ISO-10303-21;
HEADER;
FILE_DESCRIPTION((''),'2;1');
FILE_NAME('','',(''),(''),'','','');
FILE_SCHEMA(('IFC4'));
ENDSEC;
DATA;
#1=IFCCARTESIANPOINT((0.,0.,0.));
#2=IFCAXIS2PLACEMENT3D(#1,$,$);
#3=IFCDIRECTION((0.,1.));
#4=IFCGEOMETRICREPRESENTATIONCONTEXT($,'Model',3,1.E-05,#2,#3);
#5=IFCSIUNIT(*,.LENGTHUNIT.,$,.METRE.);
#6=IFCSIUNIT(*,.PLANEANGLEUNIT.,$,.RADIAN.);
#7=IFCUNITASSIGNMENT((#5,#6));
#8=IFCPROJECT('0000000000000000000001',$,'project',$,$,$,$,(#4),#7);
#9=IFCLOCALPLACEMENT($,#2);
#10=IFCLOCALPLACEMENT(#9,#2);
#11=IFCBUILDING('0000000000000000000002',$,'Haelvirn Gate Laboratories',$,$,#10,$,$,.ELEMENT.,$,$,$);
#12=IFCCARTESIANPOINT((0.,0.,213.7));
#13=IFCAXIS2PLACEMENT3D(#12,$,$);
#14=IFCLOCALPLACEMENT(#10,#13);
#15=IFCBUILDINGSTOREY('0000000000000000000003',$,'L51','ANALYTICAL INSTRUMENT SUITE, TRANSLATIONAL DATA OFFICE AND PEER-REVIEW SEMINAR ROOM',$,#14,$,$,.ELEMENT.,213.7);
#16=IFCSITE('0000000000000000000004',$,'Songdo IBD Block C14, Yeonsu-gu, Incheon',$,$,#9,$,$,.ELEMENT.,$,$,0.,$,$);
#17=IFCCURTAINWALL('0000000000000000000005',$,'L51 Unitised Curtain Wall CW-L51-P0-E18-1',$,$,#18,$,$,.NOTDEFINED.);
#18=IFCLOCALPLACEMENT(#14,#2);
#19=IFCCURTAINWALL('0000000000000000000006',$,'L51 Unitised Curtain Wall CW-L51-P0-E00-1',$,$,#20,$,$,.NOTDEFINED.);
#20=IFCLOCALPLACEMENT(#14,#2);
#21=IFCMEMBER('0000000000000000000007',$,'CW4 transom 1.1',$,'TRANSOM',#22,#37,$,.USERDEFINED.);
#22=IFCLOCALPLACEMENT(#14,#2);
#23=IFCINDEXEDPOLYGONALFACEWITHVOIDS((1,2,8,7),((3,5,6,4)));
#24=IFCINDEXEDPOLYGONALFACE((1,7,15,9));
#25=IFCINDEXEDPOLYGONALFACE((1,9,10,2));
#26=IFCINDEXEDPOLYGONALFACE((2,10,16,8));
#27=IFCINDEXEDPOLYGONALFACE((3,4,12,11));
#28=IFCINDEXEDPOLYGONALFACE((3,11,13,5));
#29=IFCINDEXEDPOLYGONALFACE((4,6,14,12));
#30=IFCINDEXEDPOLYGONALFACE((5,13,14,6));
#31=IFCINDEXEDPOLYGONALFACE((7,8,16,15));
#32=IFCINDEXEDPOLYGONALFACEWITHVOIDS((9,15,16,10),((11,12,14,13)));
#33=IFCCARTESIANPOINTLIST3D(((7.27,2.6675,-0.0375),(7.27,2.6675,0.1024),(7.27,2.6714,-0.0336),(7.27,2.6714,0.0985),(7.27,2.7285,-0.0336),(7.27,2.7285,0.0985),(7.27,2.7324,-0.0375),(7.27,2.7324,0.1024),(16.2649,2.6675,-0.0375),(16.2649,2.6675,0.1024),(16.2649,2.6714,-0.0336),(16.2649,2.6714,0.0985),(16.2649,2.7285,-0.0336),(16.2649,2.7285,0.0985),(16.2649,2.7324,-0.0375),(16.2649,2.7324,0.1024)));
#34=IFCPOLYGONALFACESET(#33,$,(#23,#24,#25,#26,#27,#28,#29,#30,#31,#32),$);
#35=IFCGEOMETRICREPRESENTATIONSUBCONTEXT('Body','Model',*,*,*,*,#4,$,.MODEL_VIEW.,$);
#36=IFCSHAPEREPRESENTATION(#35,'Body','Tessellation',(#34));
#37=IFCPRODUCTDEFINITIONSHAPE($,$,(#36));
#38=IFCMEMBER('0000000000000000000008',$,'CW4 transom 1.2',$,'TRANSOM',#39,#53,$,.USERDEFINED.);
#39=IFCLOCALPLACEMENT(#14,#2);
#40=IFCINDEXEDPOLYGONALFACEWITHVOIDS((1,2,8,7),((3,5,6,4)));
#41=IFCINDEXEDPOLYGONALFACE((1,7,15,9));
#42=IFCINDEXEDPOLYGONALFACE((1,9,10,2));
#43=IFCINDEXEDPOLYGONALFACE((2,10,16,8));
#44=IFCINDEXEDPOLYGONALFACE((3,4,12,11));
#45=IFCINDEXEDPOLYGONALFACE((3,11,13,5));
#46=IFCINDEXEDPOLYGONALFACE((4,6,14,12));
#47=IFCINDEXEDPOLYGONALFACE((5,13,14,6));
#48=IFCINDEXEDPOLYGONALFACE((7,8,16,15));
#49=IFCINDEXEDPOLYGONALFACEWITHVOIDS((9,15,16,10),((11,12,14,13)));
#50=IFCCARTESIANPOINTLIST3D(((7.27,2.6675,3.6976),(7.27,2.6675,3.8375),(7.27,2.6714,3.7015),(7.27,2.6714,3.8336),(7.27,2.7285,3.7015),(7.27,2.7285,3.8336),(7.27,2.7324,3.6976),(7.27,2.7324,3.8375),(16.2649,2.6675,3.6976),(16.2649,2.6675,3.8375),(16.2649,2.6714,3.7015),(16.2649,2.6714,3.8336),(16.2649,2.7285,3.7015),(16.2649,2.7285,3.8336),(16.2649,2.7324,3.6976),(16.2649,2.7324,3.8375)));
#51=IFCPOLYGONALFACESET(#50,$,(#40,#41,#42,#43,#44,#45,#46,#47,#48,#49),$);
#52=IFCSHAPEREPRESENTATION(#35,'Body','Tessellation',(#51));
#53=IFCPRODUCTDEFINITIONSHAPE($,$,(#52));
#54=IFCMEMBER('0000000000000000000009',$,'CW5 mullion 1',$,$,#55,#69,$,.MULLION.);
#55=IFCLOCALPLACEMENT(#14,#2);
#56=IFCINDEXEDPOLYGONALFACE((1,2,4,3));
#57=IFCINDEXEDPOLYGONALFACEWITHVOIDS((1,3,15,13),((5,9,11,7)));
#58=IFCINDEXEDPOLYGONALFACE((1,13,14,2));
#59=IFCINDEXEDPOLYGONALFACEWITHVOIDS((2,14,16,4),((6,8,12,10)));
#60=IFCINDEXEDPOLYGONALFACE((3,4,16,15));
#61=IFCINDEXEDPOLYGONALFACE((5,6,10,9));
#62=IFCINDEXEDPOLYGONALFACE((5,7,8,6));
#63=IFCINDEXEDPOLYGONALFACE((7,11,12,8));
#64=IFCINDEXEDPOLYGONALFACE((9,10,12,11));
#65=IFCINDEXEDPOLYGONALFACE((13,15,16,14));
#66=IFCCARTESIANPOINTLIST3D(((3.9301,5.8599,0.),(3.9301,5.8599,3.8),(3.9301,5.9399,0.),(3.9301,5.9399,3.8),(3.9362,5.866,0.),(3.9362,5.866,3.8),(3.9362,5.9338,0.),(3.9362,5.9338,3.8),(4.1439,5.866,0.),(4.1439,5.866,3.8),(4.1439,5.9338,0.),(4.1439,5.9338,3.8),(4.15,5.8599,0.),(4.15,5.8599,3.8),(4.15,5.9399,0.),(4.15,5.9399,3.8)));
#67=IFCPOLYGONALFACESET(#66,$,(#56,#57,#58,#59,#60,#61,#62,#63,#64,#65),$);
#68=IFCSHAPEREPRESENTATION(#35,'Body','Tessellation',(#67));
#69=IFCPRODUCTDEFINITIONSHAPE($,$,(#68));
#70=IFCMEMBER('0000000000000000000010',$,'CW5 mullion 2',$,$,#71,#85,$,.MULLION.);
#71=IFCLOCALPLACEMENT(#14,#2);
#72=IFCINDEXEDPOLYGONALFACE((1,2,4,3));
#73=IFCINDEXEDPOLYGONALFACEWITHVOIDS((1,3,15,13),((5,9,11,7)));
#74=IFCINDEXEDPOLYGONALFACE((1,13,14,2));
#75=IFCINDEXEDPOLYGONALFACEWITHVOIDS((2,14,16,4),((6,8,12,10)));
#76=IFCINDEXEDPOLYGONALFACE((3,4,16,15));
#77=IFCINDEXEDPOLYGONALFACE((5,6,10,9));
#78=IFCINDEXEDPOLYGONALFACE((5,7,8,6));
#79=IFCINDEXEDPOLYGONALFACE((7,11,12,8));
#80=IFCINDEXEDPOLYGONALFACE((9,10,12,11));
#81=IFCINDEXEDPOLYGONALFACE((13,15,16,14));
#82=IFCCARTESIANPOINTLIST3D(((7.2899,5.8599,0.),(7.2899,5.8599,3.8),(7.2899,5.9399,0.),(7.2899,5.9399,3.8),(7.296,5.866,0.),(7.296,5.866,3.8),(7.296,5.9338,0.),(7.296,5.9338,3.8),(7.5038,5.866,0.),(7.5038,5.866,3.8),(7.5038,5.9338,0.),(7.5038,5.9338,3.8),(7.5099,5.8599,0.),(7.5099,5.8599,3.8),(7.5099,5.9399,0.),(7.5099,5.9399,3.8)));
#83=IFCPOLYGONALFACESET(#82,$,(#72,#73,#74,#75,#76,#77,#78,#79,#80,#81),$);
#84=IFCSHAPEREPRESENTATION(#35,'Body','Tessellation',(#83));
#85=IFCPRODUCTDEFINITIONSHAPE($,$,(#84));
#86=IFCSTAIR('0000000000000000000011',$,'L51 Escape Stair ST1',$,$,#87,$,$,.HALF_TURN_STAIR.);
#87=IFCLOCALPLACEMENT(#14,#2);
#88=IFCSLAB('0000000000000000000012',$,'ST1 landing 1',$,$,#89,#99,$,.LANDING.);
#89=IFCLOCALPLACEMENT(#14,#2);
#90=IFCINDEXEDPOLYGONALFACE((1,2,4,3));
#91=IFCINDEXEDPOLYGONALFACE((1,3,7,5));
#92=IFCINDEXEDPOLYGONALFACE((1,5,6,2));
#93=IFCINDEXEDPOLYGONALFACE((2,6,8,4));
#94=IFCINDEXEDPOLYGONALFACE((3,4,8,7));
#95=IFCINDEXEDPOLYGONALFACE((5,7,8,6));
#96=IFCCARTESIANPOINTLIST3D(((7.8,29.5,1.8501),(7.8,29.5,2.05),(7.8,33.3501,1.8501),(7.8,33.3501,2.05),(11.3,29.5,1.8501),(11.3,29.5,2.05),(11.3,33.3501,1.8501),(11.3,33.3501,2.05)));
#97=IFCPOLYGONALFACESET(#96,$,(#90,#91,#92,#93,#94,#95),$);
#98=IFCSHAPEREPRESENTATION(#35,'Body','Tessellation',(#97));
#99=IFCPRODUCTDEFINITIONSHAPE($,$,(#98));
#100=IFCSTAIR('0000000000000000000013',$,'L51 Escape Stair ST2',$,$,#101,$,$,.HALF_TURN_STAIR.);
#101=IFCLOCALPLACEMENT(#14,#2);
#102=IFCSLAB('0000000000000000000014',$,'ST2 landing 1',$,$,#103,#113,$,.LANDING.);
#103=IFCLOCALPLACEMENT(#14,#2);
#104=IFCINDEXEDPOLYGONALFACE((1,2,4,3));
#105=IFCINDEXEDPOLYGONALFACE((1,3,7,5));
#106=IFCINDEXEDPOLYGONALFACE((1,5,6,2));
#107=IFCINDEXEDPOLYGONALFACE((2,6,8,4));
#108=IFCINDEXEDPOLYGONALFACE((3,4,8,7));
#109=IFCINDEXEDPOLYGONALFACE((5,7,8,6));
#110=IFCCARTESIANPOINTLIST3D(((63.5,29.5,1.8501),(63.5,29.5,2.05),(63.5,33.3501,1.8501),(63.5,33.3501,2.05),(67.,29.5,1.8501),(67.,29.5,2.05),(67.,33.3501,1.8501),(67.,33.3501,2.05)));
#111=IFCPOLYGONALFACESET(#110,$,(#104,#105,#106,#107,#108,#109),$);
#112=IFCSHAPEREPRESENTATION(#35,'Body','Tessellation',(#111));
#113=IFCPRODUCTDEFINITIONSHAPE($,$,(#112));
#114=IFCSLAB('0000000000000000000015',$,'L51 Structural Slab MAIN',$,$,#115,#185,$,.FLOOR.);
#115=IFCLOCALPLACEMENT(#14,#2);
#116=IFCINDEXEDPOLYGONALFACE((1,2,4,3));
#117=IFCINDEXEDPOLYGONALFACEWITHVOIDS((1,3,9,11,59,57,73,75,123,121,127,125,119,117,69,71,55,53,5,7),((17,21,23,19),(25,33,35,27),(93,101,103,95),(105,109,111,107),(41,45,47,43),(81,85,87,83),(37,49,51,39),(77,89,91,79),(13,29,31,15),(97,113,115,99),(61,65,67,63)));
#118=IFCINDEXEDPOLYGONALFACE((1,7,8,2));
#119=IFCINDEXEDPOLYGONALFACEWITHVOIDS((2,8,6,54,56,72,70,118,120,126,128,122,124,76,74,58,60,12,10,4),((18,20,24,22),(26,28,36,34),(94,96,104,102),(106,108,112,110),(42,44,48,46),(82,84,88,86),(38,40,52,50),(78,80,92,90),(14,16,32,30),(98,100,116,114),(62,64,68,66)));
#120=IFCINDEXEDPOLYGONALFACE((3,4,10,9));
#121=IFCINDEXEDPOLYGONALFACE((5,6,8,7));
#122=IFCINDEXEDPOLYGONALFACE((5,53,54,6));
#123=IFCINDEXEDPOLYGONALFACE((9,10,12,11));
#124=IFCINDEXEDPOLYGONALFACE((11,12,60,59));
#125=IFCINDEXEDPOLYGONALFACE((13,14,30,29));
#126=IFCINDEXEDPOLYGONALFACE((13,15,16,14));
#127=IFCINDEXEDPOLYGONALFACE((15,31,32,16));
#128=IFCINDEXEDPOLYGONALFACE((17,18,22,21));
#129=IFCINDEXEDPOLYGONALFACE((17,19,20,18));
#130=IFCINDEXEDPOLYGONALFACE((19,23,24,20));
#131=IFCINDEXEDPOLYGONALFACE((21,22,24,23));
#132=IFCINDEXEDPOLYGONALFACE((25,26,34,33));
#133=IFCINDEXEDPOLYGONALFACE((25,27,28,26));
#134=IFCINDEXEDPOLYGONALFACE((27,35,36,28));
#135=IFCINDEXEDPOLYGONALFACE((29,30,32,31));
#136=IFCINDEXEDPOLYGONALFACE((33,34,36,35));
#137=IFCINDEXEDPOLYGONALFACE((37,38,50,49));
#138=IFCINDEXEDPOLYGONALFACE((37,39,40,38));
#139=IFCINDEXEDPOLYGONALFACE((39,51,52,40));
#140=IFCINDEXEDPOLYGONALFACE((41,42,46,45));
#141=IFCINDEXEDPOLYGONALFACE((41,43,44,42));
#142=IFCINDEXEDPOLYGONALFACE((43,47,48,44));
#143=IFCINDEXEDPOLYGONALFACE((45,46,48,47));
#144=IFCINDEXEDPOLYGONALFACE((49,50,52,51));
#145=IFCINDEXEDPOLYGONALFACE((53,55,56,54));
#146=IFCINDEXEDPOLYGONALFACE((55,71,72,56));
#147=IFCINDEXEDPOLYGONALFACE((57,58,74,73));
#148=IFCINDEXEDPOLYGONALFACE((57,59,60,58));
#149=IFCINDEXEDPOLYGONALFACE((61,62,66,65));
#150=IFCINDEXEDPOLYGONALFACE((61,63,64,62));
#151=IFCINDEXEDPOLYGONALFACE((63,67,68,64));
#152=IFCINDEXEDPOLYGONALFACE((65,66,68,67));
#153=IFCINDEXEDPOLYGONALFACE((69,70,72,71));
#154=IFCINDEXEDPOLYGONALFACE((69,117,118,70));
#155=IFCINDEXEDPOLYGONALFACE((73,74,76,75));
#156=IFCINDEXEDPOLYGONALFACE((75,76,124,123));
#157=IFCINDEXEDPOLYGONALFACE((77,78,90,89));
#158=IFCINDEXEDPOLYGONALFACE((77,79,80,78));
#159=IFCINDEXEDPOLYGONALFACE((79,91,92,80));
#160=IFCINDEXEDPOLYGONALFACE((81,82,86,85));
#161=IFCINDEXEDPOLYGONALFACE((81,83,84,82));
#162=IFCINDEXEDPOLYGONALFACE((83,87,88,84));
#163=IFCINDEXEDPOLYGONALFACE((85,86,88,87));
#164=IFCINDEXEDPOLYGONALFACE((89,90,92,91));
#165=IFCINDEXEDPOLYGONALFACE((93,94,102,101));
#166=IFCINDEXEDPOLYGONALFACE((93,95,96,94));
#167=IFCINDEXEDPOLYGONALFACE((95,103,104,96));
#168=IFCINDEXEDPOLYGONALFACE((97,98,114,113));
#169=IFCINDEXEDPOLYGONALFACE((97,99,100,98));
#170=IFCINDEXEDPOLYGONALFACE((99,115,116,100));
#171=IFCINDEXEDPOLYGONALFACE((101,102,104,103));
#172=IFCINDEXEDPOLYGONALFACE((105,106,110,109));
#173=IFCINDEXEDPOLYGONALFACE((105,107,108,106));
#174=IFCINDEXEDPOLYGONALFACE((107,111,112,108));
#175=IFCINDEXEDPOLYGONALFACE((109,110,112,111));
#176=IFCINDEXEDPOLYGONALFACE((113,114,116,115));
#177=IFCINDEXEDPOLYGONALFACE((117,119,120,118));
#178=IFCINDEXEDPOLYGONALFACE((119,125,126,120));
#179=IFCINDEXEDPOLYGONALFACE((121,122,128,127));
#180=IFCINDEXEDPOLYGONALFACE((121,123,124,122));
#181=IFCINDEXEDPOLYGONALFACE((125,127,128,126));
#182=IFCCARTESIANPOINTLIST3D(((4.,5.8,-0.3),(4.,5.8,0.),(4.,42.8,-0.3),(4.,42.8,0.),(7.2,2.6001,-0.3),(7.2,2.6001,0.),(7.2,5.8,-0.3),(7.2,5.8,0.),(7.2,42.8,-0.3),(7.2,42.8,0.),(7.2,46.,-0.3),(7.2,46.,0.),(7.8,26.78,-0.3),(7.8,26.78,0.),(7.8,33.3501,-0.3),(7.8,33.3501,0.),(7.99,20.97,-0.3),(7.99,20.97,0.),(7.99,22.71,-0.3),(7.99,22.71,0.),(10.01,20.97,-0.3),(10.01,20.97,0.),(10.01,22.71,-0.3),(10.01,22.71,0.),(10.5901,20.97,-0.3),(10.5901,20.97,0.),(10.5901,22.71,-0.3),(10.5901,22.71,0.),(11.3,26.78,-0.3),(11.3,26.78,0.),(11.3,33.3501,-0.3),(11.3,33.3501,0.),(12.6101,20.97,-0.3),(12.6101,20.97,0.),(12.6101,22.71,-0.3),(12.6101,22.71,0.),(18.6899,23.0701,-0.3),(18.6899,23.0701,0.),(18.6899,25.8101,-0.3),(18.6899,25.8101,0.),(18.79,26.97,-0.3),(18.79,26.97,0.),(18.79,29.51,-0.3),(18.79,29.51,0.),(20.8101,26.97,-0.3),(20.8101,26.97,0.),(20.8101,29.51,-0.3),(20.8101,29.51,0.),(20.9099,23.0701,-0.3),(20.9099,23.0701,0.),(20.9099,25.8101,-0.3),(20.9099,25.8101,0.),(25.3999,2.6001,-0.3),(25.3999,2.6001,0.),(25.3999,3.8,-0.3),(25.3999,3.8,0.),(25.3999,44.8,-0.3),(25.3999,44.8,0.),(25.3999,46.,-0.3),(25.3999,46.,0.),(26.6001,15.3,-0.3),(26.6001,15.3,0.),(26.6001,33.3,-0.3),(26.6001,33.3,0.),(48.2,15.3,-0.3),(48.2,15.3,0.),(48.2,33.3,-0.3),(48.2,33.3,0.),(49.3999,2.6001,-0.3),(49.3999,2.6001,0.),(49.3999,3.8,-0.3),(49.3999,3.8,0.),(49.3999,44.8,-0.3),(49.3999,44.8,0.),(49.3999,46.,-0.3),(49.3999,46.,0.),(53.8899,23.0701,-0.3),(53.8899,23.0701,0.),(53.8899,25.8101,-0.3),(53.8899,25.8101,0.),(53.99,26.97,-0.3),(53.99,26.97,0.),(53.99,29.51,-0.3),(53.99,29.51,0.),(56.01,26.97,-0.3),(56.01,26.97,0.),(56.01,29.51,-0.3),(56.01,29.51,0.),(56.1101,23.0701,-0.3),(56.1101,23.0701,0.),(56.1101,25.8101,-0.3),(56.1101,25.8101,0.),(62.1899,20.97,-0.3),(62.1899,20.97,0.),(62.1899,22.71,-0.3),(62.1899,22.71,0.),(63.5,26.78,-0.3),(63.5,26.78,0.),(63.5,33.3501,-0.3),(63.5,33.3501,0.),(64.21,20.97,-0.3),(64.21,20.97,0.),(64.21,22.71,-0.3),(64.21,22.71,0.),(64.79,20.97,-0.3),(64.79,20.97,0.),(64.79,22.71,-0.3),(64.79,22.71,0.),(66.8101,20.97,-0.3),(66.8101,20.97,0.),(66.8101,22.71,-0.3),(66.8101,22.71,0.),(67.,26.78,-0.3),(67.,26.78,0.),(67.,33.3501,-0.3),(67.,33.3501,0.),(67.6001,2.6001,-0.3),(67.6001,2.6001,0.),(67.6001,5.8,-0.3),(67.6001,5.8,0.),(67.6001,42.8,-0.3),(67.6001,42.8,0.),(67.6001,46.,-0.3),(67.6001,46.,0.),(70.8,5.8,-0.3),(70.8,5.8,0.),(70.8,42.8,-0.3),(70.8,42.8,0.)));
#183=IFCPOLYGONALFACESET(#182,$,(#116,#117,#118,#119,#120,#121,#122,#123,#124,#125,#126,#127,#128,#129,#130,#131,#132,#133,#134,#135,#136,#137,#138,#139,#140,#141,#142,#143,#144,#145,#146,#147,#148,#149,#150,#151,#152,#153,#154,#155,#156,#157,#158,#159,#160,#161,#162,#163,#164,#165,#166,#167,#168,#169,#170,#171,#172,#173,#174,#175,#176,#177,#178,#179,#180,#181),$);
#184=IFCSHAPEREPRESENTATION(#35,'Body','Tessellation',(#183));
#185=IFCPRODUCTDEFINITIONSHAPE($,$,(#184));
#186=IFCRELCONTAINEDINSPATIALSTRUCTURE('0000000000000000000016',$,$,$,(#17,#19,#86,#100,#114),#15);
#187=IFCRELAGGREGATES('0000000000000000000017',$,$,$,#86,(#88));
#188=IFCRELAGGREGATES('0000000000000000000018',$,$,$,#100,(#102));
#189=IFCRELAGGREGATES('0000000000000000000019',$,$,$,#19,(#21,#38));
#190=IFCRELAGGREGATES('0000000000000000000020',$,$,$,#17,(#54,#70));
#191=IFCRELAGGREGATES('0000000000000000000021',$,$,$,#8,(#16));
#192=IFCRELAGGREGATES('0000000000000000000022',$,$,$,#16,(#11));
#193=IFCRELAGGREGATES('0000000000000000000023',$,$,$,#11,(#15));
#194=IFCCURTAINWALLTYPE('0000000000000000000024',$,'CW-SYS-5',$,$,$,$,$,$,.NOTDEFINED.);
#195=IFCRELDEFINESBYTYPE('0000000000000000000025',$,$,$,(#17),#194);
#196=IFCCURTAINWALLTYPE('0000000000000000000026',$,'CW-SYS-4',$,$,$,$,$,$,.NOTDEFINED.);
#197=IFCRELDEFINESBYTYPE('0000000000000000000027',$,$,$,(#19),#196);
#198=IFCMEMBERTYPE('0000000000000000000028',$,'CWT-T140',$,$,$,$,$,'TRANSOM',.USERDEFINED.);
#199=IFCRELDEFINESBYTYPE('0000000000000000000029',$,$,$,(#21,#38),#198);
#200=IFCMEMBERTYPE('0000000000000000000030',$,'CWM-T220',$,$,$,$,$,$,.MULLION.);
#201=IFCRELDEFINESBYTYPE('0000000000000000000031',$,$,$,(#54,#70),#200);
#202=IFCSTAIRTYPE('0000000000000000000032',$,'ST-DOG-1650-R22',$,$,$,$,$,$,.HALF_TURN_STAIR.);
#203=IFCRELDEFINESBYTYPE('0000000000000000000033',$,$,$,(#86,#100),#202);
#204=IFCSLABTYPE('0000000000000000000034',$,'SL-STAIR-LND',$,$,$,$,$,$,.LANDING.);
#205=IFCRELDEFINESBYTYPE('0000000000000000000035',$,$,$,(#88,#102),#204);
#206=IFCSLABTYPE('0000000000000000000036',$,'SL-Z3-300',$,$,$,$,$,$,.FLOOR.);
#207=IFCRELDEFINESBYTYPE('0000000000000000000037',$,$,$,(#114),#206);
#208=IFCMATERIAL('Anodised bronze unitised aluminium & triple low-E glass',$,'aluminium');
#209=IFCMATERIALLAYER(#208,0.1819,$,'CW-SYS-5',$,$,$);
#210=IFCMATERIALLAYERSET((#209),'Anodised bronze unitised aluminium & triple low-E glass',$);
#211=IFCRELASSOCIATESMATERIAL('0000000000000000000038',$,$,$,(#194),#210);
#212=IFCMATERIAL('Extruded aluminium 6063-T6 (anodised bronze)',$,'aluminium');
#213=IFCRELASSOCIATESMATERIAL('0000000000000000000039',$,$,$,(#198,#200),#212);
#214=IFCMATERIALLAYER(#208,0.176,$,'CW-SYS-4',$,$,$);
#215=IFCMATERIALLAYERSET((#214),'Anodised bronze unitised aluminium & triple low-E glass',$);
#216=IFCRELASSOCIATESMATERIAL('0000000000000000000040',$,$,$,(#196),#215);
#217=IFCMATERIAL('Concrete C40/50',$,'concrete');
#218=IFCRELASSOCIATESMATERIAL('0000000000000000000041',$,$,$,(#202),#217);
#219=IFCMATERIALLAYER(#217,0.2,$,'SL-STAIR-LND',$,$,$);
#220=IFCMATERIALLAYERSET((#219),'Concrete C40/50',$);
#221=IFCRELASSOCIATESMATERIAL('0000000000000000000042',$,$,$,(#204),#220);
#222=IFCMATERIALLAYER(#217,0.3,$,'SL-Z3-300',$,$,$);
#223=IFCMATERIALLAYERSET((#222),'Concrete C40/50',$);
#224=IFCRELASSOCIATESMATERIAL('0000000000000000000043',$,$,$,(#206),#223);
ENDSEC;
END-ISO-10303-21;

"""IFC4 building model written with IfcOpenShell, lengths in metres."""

from ifc_helpers import new_model, si_unit, direction, frame, origin, origin_2d, place, context, subcontext, project, spatial, polyline, hollow_rectangle, outline, extrude, source, transform, mapped, material, layer, layer_set, material_profile, profile_set, type_object, type_shapes, element, aggregate, save


model = new_model("IFC4")

# Units and contexts
model_context = context("Model", 3, precision=1e-05, world=origin(), true_north=direction((0.0, 1.0)))
body_context = subcontext(model_context, "Body", "Model", "MODEL_VIEW")
ifc_project = project(units=[si_unit("LENGTHUNIT", "METRE"), si_unit("PLANEANGLEUNIT", "RADIAN")], contexts=[model_context])

# Site, building, storey
site_placement = place(None, origin())
site = spatial("IfcSite", under=ifc_project, at=site_placement, Name="Songdo IBD Block C14, Yeonsu-gu, Incheon", CompositionType="ELEMENT", RefElevation=0.0)
building_placement = place(site_placement, origin())
building = spatial("IfcBuilding", under=site, at=building_placement, Name="Haelvirn Gate Laboratories", CompositionType="ELEMENT")
storey_placement = place(building_placement, frame((0.0, 0.0, 213.7)))
storey = spatial("IfcBuildingStorey", under=building, at=storey_placement, Name="L51", Description="ANALYTICAL INSTRUMENT SUITE, TRANSLATIONAL DATA OFFICE AND PEER-REVIEW SEMINAR ROOM", CompositionType="ELEMENT", Elevation=213.7)

# Curtain wall
ifc_material_1 = material(Name="Anodised bronze unitised aluminium & triple low-E glass", Category="aluminium")
ifc_layer_1 = layer(ifc_material_1, 0.1819, Name="CW-SYS-5")
ifc_layer_set_1 = layer_set([ifc_layer_1], Name="Anodised bronze unitised aluminium & triple low-E glass")
curtain_wall_type_1 = type_object("IfcCurtainWallType", Name="CW-SYS-5", PredefinedType="NOTDEFINED", material=ifc_layer_set_1)
curtain_wall_1_placement = place(storey_placement, origin())
curtain_wall_1 = element("IfcCurtainWall", 1, at=curtain_wall_1_placement, inside=storey, type_object=curtain_wall_type_1, Name="L51 Unitised Curtain Wall CW-L51-P0-E18-1", PredefinedType="NOTDEFINED")
ifc_material_2 = material(Name="Extruded aluminium 6063-T6 (anodised bronze)", Category="aluminium")
ifc_material_profile_1 = material_profile(ifc_material_2, hollow_rectangle(XDim=0.0649, YDim=0.1399, WallThickness=0.0039, at=origin_2d()), Name="CWT-140x65x4")
ifc_profile_set_1 = profile_set([ifc_material_profile_1], Name="Extruded aluminium 6063-T6 (anodised bronze)")
member_type_1 = type_object("IfcMemberType", Name="CWT-T140", ElementType="TRANSOM", PredefinedType="USERDEFINED", material=ifc_profile_set_1)

# Curtain wall
ifc_layer_2 = layer(ifc_material_1, 0.176, Name="CW-SYS-4")
ifc_layer_set_2 = layer_set([ifc_layer_2], Name="Anodised bronze unitised aluminium & triple low-E glass")
curtain_wall_type_2 = type_object("IfcCurtainWallType", Name="CW-SYS-4", PredefinedType="NOTDEFINED", material=ifc_layer_set_2)
curtain_wall_2_placement = place(storey_placement, origin())
curtain_wall_2 = element("IfcCurtainWall", 2, at=curtain_wall_2_placement, inside=storey, type_object=curtain_wall_type_2, Name="L51 Unitised Curtain Wall CW-L51-P0-E00-1", PredefinedType="NOTDEFINED")

# Members
shared_shape_1 = source(origin(), body_context, "Body", "SweptSolid", [
    extrude(hollow_rectangle(XDim=0.0649, YDim=0.1399, WallThickness=0.0039, at=origin_2d()), origin(), (0.0, 0.0, 1.0), 8.9949),
])
member_1_placement = place(storey_placement, frame((7.27, 2.7, 0.0325), z_axis=(1.0, 0.0, 0.0), x_axis=(0.0, 1.0, 0.0)))
member_1 = element("IfcMember", 3, at=member_1_placement, type_object=member_type_1, Name="CW4 transom 1.1", ObjectType="TRANSOM", PredefinedType="USERDEFINED", context=body_context, shape_type="MappedRepresentation", body=[
    mapped(shared_shape_1, transform((0.0, 0.0, 0.0), scale=1.0)),
])
member_2_placement = place(storey_placement, frame((7.27, 2.7, 3.7676), z_axis=(1.0, 0.0, 0.0), x_axis=(0.0, 1.0, 0.0)))
member_2 = element("IfcMember", 4, at=member_2_placement, type_object=member_type_1, Name="CW4 transom 1.2", ObjectType="TRANSOM", PredefinedType="USERDEFINED", context=body_context, shape_type="MappedRepresentation", body=[
    mapped(shared_shape_1, transform((0.0, 0.0, 0.0), scale=1.0)),
])
ifc_material_profile_2 = material_profile(ifc_material_2, hollow_rectangle(XDim=0.0801, YDim=0.22, WallThickness=0.0061, at=origin_2d()), Name="CWM-220x80x6")
ifc_profile_set_2 = profile_set([ifc_material_profile_2], Name="Extruded aluminium 6063-T6 (anodised bronze)")
member_type_2 = type_object("IfcMemberType", Name="CWM-T220", PredefinedType="MULLION", material=ifc_profile_set_2)
shared_shape_2 = source(origin(), body_context, "Body", "SweptSolid", [
    extrude(hollow_rectangle(XDim=0.0801, YDim=0.22, WallThickness=0.0061, at=origin_2d()), origin(), (0.0, 0.0, 1.0), 3.8),
])
type_shapes(member_type_2, [shared_shape_2])
member_3_placement = place(storey_placement, frame((4.04, 5.8999, 0.0), z_axis=(0.0, 0.0, 1.0), x_axis=(0.0, 1.0, 0.0)))
member_3 = element("IfcMember", 5, at=member_3_placement, type_object=member_type_2, Name="CW5 mullion 1", PredefinedType="MULLION", context=body_context, shape_type="MappedRepresentation", body=[
    mapped(shared_shape_2, transform((0.0, 0.0, 0.0), scale=1.0)),
])
member_4_placement = place(storey_placement, frame((7.3999, 5.8999, 0.0), z_axis=(0.0, 0.0, 1.0), x_axis=(0.0, 1.0, 0.0)))
member_4 = element("IfcMember", 6, at=member_4_placement, type_object=member_type_2, Name="CW5 mullion 2", PredefinedType="MULLION", context=body_context, shape_type="MappedRepresentation", body=[
    mapped(shared_shape_2, transform((0.0, 0.0, 0.0), scale=1.0)),
])

# Stairs, slabs
ifc_material_3 = material(Name="Concrete C40/50", Category="concrete")
stair_type = type_object("IfcStairType", Name="ST-DOG-1650-R22", PredefinedType="HALF_TURN_STAIR", material=ifc_material_3)
stair_1_placement = place(storey_placement, origin())
stair_1 = element("IfcStair", 7, at=stair_1_placement, inside=storey, type_object=stair_type, Name="L51 Escape Stair ST1", PredefinedType="HALF_TURN_STAIR")
ifc_layer_3 = layer(ifc_material_3, 0.2, Name="SL-STAIR-LND")
ifc_layer_set_3 = layer_set([ifc_layer_3], Name="Concrete C40/50")
slab_type_1 = type_object("IfcSlabType", Name="SL-STAIR-LND", PredefinedType="LANDING", material=ifc_layer_set_3)
slab_1_placement = place(storey_placement, frame((0.0, 0.0, 1.8501)))
slab_1 = element("IfcSlab", 8, at=slab_1_placement, type_object=slab_type_1, Name="ST1 landing 1", PredefinedType="LANDING", context=body_context, shape_type="SweptSolid", body=[
    extrude(outline(polyline([(11.3, 29.5), (11.3, 33.3501), (7.8, 33.3501), (7.8, 29.5), (11.3, 29.5)])), origin(), (0.0, 0.0, 1.0), 0.2),
])
aggregate(stair_1, [slab_1])
stair_2_placement = place(storey_placement, origin())
stair_2 = element("IfcStair", 9, at=stair_2_placement, inside=storey, type_object=stair_type, Name="L51 Escape Stair ST2", PredefinedType="HALF_TURN_STAIR")
slab_2_placement = place(storey_placement, frame((0.0, 0.0, 1.8501)))
slab_2 = element("IfcSlab", 10, at=slab_2_placement, type_object=slab_type_1, Name="ST2 landing 1", PredefinedType="LANDING", context=body_context, shape_type="SweptSolid", body=[
    extrude(outline(polyline([(67.0, 29.5), (67.0, 33.3501), (63.5, 33.3501), (63.5, 29.5), (67.0, 29.5)])), origin(), (0.0, 0.0, 1.0), 0.2),
])
aggregate(stair_2, [slab_2])

# Slab
ifc_layer_4 = layer(ifc_material_3, 0.3, Name="SL-Z3-300")
ifc_layer_set_4 = layer_set([ifc_layer_4], Name="Concrete C40/50")
slab_type_2 = type_object("IfcSlabType", Name="SL-Z3-300", PredefinedType="FLOOR", material=ifc_layer_set_4)
slab_3_placement = place(storey_placement, frame((0.0, 0.0, -0.3)))
element("IfcSlab", 11, at=slab_3_placement, inside=storey, type_object=slab_type_2, Name="L51 Structural Slab MAIN", PredefinedType="FLOOR", context=body_context, shape_type="SweptSolid", body=[
    extrude(outline(polyline([(7.2, 2.6001), (25.3999, 2.6001), (25.3999, 3.8), (49.3999, 3.8), (49.3999, 2.6001), (67.6001, 2.6001), (67.6001, 5.8), (70.8, 5.8), (70.8, 42.8), (67.6001, 42.8), (67.6001, 46.0), (49.3999, 46.0), (49.3999, 44.8), (25.3999, 44.8), (25.3999, 46.0), (7.2, 46.0), (7.2, 42.8), (4.0, 42.8), (4.0, 5.8), (7.2, 5.8), (7.2, 2.6001)]), holes=[polyline([(26.6001, 15.3), (48.2, 15.3), (48.2, 33.3), (26.6001, 33.3), (26.6001, 15.3)]), polyline([(11.3, 26.78), (11.3, 33.3501), (7.8, 33.3501), (7.8, 26.78), (11.3, 26.78)]), polyline([(67.0, 26.78), (67.0, 33.3501), (63.5, 33.3501), (63.5, 26.78), (67.0, 26.78)]), polyline([(7.99, 20.97), (10.01, 20.97), (10.01, 22.71), (7.99, 22.71), (7.99, 20.97)]), polyline([(10.5901, 20.97), (12.6101, 20.97), (12.6101, 22.71), (10.5901, 22.71), (10.5901, 20.97)]), polyline([(18.79, 26.97), (20.8101, 26.97), (20.8101, 29.51), (18.79, 29.51), (18.79, 26.97)]), polyline([(18.6899, 23.0701), (20.9099, 23.0701), (20.9099, 25.8101), (18.6899, 25.8101), (18.6899, 23.0701)]), polyline([(64.79, 20.97), (66.8101, 20.97), (66.8101, 22.71), (64.79, 22.71), (64.79, 20.97)]), polyline([(62.1899, 20.97), (64.21, 20.97), (64.21, 22.71), (62.1899, 22.71), (62.1899, 20.97)]), polyline([(53.99, 26.97), (56.01, 26.97), (56.01, 29.51), (53.99, 29.51), (53.99, 26.97)]), polyline([(53.8899, 23.0701), (56.1101, 23.0701), (56.1101, 25.8101), (53.8899, 25.8101), (53.8899, 23.0701)])]), origin(), (0.0, 0.0, 1.0), 0.3),
])

aggregate(curtain_wall_2, [member_1, member_2])
aggregate(curtain_wall_1, [member_3, member_4])

save(model, "model.ifc")
